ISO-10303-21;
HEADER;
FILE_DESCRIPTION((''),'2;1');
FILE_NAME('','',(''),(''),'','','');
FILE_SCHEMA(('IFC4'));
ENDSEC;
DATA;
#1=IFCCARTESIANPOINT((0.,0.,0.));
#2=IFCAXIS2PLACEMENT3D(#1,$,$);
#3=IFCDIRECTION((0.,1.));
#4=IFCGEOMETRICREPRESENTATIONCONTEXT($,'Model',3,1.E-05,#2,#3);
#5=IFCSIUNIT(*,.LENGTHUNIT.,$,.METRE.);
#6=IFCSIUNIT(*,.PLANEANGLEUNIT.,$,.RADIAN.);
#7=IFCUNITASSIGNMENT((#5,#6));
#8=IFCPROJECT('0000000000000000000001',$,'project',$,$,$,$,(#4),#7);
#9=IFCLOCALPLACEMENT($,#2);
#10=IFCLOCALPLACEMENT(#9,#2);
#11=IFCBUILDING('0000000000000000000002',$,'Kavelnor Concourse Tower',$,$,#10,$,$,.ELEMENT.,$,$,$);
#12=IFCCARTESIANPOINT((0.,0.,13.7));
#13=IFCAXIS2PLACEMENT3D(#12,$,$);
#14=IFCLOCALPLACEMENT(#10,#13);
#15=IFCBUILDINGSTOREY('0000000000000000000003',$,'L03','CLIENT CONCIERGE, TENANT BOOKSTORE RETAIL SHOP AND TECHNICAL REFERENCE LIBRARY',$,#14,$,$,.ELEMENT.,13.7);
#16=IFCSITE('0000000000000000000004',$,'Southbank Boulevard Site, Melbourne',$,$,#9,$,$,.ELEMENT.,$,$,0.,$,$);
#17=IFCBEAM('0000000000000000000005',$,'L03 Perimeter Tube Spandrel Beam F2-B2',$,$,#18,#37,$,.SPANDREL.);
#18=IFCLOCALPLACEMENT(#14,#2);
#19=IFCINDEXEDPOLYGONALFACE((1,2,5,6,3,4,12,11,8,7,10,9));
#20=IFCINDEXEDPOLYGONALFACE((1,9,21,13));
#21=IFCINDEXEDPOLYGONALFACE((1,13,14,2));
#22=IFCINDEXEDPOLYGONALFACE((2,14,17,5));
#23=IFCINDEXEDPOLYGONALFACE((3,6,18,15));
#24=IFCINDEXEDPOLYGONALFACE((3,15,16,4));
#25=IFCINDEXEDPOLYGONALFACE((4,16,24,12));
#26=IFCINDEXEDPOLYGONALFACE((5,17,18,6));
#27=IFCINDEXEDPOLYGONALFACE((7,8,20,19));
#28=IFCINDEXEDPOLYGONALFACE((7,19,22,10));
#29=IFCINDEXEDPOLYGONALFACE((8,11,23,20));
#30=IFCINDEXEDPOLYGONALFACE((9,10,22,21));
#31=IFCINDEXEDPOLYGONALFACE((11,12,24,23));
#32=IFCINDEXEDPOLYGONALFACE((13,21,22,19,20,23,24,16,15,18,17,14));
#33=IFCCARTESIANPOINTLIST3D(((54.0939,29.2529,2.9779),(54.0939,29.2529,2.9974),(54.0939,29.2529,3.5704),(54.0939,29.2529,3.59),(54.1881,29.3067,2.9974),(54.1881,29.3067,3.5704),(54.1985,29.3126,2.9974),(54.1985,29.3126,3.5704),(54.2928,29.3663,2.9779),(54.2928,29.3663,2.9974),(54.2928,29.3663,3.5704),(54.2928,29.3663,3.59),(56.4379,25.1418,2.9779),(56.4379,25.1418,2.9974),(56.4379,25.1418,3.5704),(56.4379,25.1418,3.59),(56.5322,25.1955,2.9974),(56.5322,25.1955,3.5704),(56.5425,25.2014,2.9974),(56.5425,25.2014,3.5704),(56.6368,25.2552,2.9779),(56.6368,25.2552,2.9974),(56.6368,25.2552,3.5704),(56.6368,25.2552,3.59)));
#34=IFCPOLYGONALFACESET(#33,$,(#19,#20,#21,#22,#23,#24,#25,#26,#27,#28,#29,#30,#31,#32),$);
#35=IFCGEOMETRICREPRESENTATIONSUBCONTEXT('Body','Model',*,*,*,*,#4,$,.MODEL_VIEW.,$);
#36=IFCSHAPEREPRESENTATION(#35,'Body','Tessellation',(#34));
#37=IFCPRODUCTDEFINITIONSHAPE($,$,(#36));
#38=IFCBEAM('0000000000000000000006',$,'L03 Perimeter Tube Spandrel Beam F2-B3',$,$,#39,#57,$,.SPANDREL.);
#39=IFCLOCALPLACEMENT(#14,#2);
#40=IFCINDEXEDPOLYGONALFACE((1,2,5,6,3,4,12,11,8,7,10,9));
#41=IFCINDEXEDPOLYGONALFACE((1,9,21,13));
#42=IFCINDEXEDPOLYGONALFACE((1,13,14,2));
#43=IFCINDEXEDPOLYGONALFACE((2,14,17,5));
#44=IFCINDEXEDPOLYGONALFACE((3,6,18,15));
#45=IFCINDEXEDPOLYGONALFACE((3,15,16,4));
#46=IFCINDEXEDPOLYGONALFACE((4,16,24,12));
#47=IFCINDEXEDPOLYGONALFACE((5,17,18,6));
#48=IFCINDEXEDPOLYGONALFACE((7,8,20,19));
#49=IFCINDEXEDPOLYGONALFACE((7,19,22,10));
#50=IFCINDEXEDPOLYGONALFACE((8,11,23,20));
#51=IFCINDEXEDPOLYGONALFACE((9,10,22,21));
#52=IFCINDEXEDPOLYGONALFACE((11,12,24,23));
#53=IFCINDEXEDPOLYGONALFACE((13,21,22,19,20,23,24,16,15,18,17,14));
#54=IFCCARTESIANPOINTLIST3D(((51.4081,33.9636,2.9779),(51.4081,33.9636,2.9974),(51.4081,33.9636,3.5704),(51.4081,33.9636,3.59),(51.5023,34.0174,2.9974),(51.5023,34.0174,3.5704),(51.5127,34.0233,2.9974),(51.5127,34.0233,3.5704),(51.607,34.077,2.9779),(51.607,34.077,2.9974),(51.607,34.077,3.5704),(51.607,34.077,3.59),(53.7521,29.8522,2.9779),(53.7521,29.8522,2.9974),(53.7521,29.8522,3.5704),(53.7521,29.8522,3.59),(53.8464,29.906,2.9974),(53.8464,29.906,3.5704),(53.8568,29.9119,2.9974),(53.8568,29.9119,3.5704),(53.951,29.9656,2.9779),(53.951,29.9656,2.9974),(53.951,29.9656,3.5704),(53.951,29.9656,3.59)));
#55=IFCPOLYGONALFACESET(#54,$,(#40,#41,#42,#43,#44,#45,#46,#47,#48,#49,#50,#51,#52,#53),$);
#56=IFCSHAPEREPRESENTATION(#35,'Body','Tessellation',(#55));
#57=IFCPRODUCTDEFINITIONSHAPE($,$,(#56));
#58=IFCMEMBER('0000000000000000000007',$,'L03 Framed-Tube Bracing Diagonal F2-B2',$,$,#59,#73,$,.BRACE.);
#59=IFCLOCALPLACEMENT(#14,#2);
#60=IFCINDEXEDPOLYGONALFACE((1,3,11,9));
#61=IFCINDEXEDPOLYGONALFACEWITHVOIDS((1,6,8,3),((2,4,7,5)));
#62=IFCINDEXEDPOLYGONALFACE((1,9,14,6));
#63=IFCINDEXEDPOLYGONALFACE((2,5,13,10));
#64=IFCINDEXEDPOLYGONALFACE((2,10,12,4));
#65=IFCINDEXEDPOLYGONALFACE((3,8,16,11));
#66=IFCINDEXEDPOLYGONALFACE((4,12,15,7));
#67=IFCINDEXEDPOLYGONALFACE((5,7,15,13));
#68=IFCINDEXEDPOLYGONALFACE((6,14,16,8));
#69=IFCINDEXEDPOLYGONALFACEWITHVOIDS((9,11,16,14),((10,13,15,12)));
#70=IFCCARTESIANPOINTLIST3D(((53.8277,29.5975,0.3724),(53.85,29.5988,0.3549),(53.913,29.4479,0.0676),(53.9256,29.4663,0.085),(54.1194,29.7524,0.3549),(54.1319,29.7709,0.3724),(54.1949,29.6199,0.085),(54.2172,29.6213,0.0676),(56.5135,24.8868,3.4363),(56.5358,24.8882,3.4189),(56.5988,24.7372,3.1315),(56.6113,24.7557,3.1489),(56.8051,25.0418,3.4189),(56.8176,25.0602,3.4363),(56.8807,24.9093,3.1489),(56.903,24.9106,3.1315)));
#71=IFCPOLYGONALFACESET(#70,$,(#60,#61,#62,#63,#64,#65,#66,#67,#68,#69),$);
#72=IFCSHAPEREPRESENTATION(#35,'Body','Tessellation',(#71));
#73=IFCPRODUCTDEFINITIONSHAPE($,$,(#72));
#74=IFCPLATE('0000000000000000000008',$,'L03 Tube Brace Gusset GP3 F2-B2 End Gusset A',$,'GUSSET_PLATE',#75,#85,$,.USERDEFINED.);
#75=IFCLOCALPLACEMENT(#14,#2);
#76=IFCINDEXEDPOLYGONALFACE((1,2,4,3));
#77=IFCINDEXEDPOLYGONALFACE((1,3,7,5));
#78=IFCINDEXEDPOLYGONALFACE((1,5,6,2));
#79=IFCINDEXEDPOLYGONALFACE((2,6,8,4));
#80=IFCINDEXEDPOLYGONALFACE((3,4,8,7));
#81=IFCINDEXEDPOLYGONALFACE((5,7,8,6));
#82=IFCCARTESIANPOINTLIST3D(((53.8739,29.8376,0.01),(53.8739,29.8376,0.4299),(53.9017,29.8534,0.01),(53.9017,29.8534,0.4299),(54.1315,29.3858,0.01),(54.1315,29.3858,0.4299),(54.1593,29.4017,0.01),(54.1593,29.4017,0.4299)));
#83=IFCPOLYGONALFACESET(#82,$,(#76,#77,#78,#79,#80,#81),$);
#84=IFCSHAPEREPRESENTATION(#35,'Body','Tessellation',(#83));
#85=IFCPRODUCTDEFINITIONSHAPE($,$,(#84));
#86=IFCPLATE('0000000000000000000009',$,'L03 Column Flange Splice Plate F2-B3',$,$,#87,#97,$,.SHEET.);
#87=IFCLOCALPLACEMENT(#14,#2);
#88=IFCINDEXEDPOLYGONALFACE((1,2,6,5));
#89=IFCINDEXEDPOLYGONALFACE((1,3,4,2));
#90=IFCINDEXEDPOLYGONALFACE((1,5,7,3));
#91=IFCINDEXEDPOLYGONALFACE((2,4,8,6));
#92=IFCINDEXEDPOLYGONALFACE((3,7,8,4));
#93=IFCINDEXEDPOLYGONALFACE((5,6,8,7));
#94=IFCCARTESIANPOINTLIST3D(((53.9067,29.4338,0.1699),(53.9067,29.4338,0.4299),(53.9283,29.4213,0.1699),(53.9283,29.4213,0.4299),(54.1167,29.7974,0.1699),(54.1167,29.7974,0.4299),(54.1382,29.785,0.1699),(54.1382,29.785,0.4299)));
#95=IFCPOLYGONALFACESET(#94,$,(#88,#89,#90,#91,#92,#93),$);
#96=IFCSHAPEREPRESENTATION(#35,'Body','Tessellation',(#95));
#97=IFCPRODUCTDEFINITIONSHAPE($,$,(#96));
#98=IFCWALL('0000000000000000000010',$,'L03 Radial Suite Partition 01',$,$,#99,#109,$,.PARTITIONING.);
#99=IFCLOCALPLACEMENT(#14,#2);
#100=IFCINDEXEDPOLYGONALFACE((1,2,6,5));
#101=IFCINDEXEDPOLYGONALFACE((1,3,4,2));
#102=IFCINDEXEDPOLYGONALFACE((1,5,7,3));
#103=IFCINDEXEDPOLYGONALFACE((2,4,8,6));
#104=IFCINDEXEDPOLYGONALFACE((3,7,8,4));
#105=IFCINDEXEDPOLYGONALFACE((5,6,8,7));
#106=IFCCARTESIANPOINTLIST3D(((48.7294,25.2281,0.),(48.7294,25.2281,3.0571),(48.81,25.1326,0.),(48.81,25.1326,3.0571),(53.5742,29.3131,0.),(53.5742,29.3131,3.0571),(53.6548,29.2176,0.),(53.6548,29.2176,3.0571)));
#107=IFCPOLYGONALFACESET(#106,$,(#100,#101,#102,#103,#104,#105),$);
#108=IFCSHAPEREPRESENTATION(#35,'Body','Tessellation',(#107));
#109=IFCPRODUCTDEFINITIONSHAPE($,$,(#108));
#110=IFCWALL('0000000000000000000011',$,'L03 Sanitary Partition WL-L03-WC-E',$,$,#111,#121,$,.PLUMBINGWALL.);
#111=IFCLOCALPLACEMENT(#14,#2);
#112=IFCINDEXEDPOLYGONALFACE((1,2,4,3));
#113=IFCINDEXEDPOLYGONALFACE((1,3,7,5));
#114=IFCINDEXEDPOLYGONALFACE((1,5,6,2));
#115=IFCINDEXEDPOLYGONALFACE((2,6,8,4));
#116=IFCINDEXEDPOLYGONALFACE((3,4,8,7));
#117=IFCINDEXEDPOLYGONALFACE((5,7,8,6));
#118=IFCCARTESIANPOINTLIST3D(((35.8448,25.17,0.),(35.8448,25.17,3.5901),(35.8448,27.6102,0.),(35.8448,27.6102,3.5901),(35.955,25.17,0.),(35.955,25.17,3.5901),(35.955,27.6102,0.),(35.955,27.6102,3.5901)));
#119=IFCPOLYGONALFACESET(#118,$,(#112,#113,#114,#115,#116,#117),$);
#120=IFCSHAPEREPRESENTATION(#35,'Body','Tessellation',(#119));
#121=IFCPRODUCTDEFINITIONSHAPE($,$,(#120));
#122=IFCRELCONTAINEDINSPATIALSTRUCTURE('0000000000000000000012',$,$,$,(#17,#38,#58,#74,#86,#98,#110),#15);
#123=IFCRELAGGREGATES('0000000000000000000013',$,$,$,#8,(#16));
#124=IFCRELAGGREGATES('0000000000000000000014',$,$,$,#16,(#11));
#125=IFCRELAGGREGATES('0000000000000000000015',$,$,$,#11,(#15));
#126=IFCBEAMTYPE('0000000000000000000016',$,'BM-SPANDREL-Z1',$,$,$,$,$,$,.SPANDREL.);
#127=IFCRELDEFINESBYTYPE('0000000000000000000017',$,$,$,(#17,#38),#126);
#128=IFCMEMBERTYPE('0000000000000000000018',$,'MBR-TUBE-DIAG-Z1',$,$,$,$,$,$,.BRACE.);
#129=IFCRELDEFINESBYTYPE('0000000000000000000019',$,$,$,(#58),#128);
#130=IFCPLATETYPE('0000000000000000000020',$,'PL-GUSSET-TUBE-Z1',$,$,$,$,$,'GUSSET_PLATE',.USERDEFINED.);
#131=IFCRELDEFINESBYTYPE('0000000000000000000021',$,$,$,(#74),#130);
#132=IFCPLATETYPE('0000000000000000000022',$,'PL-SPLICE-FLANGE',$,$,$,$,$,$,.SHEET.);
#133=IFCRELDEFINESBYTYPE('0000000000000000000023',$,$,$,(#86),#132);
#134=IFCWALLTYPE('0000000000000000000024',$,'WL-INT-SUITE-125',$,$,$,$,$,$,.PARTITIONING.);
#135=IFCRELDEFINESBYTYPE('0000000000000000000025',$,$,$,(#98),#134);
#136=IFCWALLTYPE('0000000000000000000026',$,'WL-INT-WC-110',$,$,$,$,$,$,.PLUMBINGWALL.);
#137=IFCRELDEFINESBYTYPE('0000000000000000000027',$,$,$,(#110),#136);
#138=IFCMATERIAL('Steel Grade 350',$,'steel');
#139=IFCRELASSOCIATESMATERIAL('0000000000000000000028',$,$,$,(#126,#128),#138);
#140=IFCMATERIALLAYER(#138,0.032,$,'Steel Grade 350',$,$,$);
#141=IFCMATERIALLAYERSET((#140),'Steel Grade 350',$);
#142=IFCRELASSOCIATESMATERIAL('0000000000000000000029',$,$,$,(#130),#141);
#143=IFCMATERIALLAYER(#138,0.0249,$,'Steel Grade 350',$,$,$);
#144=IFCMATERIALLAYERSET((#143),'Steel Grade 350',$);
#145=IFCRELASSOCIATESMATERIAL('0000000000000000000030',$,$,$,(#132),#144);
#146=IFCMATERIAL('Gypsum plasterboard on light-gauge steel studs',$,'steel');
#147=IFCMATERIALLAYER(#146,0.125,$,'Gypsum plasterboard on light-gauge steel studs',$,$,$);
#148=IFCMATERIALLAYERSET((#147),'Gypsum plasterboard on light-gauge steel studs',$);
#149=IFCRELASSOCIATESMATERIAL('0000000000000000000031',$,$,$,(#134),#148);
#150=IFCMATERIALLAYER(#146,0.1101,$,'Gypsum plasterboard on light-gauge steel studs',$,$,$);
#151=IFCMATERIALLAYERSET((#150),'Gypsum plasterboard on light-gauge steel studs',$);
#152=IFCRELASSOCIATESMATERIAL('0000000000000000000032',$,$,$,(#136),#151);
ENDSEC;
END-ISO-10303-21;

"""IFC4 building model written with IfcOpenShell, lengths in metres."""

from ifc_helpers import new_model, si_unit, direction, frame, frame_2d, origin, origin_2d, place, context, subcontext, project, spatial, rectangle, hollow_rectangle, i_section, extrude, material, layer, layer_set, material_profile, profile_set, type_object, element, save


model = new_model("IFC4")

# Units and contexts
model_context = context("Model", 3, precision=1e-05, world=origin(), true_north=direction((0.0, 1.0)))
body_context = subcontext(model_context, "Body", "Model", "MODEL_VIEW")
ifc_project = project(units=[si_unit("LENGTHUNIT", "METRE"), si_unit("PLANEANGLEUNIT", "RADIAN")], contexts=[model_context])

# Site, building, storey
site_placement = place(None, origin())
site = spatial("IfcSite", under=ifc_project, at=site_placement, Name="Southbank Boulevard Site, Melbourne", CompositionType="ELEMENT", RefElevation=0.0)
building_placement = place(site_placement, origin())
building = spatial("IfcBuilding", under=site, at=building_placement, Name="Kavelnor Concourse Tower", CompositionType="ELEMENT")
storey_placement = place(building_placement, frame((0.0, 0.0, 13.7)))
storey = spatial("IfcBuildingStorey", under=building, at=storey_placement, Name="L03", Description="CLIENT CONCIERGE, TENANT BOOKSTORE RETAIL SHOP AND TECHNICAL REFERENCE LIBRARY", CompositionType="ELEMENT", Elevation=13.7)

# Shared definitions
ifc_material_1 = material(Name="Steel Grade 350", Category="steel")

# Beams
ifc_material_profile_1 = material_profile(ifc_material_1, i_section(OverallWidth=0.229, OverallDepth=0.6121, WebThickness=0.012, FlangeThickness=0.0195, at=origin_2d()), Name="610UB125")
ifc_profile_set_1 = profile_set([ifc_material_profile_1], Name="Steel Grade 350")
beam_type_1 = type_object("IfcBeamType", Name="BM-SPANDREL-Z1", PredefinedType="SPANDREL", material=ifc_profile_set_1)
beam_1_placement = place(storey_placement, frame((56.5374, 25.1985, 3.2839), z_axis=(-0.495311, 0.868716, 0.0), x_axis=(-0.868716, -0.495311, 0.0)))
element("IfcBeam", 1, at=beam_1_placement, inside=storey, type_object=beam_type_1, Name="L03 Perimeter Tube Spandrel Beam F2-B2", PredefinedType="SPANDREL", context=body_context, shape_type="SweptSolid", body=[
    extrude(i_section(OverallWidth=0.229, OverallDepth=0.6121, WebThickness=0.012, FlangeThickness=0.0195, at=origin_2d()), origin(), (0.0, 0.0, 1.0), 4.7324),
])
beam_2_placement = place(storey_placement, frame((53.8516, 29.9089, 3.2839), z_axis=(-0.495289, 0.868728, 0.0), x_axis=(-0.868728, -0.495289, 0.0)))
element("IfcBeam", 2, at=beam_2_placement, inside=storey, type_object=beam_type_1, Name="L03 Perimeter Tube Spandrel Beam F2-B3", PredefinedType="SPANDREL", context=body_context, shape_type="SweptSolid", body=[
    extrude(i_section(OverallWidth=0.229, OverallDepth=0.6121, WebThickness=0.012, FlangeThickness=0.0195, at=origin_2d()), origin(), (0.0, 0.0, 1.0), 4.7327),
])

# Member
ifc_material_profile_2 = material_profile(ifc_material_1, hollow_rectangle(XDim=0.3501, YDim=0.3501, WallThickness=0.02, at=origin_2d()), Name="SHS 350x350x20")
ifc_profile_set_2 = profile_set([ifc_material_profile_2], Name="Steel Grade 350")
member_type = type_object("IfcMemberType", Name="MBR-TUBE-DIAG-Z1", PredefinedType="BRACE", material=ifc_profile_set_2)
member_placement = place(storey_placement, frame((54.0225, 29.6094, 0.22), z_axis=(0.431222, -0.756334, 0.491941), x_axis=(0.868722, 0.4953, 0.0)))
element("IfcMember", 3, at=member_placement, inside=storey, type_object=member_type, Name="L03 Framed-Tube Bracing Diagonal F2-B2", PredefinedType="BRACE", context=body_context, shape_type="SweptSolid", body=[
    extrude(hollow_rectangle(XDim=0.3501, YDim=0.3501, WallThickness=0.02, at=origin_2d()), origin(), (0.0, 0.0, 1.0), 6.2283),
])

# Plates
ifc_layer_1 = layer(ifc_material_1, 0.032, Name="Steel Grade 350")
ifc_layer_set_1 = layer_set([ifc_layer_1], Name="Steel Grade 350")
plate_type_1 = type_object("IfcPlateType", Name="PL-GUSSET-TUBE-Z1", ElementType="GUSSET_PLATE", PredefinedType="USERDEFINED", material=ifc_layer_set_1)
plate_1_placement = place(storey_placement, frame((54.0166, 29.6196, 0.01), z_axis=(0.0, 0.0, 1.0), x_axis=(0.495307, -0.868718, 0.0)))
element("IfcPlate", 4, at=plate_1_placement, inside=storey, type_object=plate_type_1, Name="L03 Tube Brace Gusset GP3 F2-B2 End Gusset A", ObjectType="GUSSET_PLATE", PredefinedType="USERDEFINED", context=body_context, shape_type="SweptSolid", body=[
    extrude(rectangle(XDim=0.52, YDim=0.032, at=origin_2d()), origin(), (0.0, 0.0, 1.0), 0.4199),
])
ifc_layer_2 = layer(ifc_material_1, 0.0249, Name="Steel Grade 350")
ifc_layer_set_2 = layer_set([ifc_layer_2], Name="Steel Grade 350")
plate_type_2 = type_object("IfcPlateType", Name="PL-SPLICE-FLANGE", PredefinedType="SHEET", material=ifc_layer_set_2)
plate_2_placement = place(storey_placement, frame((54.0225, 29.6094, 0.1699), z_axis=(0.0, 0.0, 1.0), x_axis=(-0.5, -0.866025, 0.0)))
element("IfcPlate", 5, at=plate_2_placement, inside=storey, type_object=plate_type_2, Name="L03 Column Flange Splice Plate F2-B3", PredefinedType="SHEET", context=body_context, shape_type="SweptSolid", body=[
    extrude(rectangle(XDim=0.4199, YDim=0.0249, at=origin_2d()), origin(), (0.0, 0.0, 1.0), 0.26),
])

# Walls
ifc_material_2 = material(Name="Gypsum plasterboard on light-gauge steel studs", Category="steel")
ifc_layer_3 = layer(ifc_material_2, 0.125, Name="Gypsum plasterboard on light-gauge steel studs")
ifc_layer_set_3 = layer_set([ifc_layer_3], Name="Gypsum plasterboard on light-gauge steel studs")
wall_type_1 = type_object("IfcWallType", Name="WL-INT-SUITE-125", PredefinedType="PARTITIONING", material=ifc_layer_set_3)
wall_1_placement = place(storey_placement, frame((48.7698, 25.1804, 0.0), z_axis=(0.0, 0.0, 1.0), x_axis=(0.764507, 0.644615, 0.0)))
element("IfcWall", 6, at=wall_1_placement, inside=storey, type_object=wall_type_1, Name="L03 Radial Suite Partition 01", PredefinedType="PARTITIONING", context=body_context, shape_type="SweptSolid", body=[
    extrude(rectangle(XDim=6.3372, YDim=0.125, at=frame_2d((3.1685, 0.0))), origin(), (0.0, 0.0, 1.0), 3.0571),
])
ifc_layer_4 = layer(ifc_material_2, 0.1101, Name="Gypsum plasterboard on light-gauge steel studs")
ifc_layer_set_4 = layer_set([ifc_layer_4], Name="Gypsum plasterboard on light-gauge steel studs")
wall_type_2 = type_object("IfcWallType", Name="WL-INT-WC-110", PredefinedType="PLUMBINGWALL", material=ifc_layer_set_4)
wall_2_placement = place(storey_placement, frame((35.8999, 25.1699, 0.0), z_axis=(0.0, 0.0, 1.0), x_axis=(0.0, 1.0, 0.0)))
element("IfcWall", 7, at=wall_2_placement, inside=storey, type_object=wall_type_2, Name="L03 Sanitary Partition WL-L03-WC-E", PredefinedType="PLUMBINGWALL", context=body_context, shape_type="SweptSolid", body=[
    extrude(rectangle(XDim=2.4402, YDim=0.1101, at=frame_2d((1.2202, 0.0))), origin(), (0.0, 0.0, 1.0), 3.5901),
])

save(model, "model.ifc")
